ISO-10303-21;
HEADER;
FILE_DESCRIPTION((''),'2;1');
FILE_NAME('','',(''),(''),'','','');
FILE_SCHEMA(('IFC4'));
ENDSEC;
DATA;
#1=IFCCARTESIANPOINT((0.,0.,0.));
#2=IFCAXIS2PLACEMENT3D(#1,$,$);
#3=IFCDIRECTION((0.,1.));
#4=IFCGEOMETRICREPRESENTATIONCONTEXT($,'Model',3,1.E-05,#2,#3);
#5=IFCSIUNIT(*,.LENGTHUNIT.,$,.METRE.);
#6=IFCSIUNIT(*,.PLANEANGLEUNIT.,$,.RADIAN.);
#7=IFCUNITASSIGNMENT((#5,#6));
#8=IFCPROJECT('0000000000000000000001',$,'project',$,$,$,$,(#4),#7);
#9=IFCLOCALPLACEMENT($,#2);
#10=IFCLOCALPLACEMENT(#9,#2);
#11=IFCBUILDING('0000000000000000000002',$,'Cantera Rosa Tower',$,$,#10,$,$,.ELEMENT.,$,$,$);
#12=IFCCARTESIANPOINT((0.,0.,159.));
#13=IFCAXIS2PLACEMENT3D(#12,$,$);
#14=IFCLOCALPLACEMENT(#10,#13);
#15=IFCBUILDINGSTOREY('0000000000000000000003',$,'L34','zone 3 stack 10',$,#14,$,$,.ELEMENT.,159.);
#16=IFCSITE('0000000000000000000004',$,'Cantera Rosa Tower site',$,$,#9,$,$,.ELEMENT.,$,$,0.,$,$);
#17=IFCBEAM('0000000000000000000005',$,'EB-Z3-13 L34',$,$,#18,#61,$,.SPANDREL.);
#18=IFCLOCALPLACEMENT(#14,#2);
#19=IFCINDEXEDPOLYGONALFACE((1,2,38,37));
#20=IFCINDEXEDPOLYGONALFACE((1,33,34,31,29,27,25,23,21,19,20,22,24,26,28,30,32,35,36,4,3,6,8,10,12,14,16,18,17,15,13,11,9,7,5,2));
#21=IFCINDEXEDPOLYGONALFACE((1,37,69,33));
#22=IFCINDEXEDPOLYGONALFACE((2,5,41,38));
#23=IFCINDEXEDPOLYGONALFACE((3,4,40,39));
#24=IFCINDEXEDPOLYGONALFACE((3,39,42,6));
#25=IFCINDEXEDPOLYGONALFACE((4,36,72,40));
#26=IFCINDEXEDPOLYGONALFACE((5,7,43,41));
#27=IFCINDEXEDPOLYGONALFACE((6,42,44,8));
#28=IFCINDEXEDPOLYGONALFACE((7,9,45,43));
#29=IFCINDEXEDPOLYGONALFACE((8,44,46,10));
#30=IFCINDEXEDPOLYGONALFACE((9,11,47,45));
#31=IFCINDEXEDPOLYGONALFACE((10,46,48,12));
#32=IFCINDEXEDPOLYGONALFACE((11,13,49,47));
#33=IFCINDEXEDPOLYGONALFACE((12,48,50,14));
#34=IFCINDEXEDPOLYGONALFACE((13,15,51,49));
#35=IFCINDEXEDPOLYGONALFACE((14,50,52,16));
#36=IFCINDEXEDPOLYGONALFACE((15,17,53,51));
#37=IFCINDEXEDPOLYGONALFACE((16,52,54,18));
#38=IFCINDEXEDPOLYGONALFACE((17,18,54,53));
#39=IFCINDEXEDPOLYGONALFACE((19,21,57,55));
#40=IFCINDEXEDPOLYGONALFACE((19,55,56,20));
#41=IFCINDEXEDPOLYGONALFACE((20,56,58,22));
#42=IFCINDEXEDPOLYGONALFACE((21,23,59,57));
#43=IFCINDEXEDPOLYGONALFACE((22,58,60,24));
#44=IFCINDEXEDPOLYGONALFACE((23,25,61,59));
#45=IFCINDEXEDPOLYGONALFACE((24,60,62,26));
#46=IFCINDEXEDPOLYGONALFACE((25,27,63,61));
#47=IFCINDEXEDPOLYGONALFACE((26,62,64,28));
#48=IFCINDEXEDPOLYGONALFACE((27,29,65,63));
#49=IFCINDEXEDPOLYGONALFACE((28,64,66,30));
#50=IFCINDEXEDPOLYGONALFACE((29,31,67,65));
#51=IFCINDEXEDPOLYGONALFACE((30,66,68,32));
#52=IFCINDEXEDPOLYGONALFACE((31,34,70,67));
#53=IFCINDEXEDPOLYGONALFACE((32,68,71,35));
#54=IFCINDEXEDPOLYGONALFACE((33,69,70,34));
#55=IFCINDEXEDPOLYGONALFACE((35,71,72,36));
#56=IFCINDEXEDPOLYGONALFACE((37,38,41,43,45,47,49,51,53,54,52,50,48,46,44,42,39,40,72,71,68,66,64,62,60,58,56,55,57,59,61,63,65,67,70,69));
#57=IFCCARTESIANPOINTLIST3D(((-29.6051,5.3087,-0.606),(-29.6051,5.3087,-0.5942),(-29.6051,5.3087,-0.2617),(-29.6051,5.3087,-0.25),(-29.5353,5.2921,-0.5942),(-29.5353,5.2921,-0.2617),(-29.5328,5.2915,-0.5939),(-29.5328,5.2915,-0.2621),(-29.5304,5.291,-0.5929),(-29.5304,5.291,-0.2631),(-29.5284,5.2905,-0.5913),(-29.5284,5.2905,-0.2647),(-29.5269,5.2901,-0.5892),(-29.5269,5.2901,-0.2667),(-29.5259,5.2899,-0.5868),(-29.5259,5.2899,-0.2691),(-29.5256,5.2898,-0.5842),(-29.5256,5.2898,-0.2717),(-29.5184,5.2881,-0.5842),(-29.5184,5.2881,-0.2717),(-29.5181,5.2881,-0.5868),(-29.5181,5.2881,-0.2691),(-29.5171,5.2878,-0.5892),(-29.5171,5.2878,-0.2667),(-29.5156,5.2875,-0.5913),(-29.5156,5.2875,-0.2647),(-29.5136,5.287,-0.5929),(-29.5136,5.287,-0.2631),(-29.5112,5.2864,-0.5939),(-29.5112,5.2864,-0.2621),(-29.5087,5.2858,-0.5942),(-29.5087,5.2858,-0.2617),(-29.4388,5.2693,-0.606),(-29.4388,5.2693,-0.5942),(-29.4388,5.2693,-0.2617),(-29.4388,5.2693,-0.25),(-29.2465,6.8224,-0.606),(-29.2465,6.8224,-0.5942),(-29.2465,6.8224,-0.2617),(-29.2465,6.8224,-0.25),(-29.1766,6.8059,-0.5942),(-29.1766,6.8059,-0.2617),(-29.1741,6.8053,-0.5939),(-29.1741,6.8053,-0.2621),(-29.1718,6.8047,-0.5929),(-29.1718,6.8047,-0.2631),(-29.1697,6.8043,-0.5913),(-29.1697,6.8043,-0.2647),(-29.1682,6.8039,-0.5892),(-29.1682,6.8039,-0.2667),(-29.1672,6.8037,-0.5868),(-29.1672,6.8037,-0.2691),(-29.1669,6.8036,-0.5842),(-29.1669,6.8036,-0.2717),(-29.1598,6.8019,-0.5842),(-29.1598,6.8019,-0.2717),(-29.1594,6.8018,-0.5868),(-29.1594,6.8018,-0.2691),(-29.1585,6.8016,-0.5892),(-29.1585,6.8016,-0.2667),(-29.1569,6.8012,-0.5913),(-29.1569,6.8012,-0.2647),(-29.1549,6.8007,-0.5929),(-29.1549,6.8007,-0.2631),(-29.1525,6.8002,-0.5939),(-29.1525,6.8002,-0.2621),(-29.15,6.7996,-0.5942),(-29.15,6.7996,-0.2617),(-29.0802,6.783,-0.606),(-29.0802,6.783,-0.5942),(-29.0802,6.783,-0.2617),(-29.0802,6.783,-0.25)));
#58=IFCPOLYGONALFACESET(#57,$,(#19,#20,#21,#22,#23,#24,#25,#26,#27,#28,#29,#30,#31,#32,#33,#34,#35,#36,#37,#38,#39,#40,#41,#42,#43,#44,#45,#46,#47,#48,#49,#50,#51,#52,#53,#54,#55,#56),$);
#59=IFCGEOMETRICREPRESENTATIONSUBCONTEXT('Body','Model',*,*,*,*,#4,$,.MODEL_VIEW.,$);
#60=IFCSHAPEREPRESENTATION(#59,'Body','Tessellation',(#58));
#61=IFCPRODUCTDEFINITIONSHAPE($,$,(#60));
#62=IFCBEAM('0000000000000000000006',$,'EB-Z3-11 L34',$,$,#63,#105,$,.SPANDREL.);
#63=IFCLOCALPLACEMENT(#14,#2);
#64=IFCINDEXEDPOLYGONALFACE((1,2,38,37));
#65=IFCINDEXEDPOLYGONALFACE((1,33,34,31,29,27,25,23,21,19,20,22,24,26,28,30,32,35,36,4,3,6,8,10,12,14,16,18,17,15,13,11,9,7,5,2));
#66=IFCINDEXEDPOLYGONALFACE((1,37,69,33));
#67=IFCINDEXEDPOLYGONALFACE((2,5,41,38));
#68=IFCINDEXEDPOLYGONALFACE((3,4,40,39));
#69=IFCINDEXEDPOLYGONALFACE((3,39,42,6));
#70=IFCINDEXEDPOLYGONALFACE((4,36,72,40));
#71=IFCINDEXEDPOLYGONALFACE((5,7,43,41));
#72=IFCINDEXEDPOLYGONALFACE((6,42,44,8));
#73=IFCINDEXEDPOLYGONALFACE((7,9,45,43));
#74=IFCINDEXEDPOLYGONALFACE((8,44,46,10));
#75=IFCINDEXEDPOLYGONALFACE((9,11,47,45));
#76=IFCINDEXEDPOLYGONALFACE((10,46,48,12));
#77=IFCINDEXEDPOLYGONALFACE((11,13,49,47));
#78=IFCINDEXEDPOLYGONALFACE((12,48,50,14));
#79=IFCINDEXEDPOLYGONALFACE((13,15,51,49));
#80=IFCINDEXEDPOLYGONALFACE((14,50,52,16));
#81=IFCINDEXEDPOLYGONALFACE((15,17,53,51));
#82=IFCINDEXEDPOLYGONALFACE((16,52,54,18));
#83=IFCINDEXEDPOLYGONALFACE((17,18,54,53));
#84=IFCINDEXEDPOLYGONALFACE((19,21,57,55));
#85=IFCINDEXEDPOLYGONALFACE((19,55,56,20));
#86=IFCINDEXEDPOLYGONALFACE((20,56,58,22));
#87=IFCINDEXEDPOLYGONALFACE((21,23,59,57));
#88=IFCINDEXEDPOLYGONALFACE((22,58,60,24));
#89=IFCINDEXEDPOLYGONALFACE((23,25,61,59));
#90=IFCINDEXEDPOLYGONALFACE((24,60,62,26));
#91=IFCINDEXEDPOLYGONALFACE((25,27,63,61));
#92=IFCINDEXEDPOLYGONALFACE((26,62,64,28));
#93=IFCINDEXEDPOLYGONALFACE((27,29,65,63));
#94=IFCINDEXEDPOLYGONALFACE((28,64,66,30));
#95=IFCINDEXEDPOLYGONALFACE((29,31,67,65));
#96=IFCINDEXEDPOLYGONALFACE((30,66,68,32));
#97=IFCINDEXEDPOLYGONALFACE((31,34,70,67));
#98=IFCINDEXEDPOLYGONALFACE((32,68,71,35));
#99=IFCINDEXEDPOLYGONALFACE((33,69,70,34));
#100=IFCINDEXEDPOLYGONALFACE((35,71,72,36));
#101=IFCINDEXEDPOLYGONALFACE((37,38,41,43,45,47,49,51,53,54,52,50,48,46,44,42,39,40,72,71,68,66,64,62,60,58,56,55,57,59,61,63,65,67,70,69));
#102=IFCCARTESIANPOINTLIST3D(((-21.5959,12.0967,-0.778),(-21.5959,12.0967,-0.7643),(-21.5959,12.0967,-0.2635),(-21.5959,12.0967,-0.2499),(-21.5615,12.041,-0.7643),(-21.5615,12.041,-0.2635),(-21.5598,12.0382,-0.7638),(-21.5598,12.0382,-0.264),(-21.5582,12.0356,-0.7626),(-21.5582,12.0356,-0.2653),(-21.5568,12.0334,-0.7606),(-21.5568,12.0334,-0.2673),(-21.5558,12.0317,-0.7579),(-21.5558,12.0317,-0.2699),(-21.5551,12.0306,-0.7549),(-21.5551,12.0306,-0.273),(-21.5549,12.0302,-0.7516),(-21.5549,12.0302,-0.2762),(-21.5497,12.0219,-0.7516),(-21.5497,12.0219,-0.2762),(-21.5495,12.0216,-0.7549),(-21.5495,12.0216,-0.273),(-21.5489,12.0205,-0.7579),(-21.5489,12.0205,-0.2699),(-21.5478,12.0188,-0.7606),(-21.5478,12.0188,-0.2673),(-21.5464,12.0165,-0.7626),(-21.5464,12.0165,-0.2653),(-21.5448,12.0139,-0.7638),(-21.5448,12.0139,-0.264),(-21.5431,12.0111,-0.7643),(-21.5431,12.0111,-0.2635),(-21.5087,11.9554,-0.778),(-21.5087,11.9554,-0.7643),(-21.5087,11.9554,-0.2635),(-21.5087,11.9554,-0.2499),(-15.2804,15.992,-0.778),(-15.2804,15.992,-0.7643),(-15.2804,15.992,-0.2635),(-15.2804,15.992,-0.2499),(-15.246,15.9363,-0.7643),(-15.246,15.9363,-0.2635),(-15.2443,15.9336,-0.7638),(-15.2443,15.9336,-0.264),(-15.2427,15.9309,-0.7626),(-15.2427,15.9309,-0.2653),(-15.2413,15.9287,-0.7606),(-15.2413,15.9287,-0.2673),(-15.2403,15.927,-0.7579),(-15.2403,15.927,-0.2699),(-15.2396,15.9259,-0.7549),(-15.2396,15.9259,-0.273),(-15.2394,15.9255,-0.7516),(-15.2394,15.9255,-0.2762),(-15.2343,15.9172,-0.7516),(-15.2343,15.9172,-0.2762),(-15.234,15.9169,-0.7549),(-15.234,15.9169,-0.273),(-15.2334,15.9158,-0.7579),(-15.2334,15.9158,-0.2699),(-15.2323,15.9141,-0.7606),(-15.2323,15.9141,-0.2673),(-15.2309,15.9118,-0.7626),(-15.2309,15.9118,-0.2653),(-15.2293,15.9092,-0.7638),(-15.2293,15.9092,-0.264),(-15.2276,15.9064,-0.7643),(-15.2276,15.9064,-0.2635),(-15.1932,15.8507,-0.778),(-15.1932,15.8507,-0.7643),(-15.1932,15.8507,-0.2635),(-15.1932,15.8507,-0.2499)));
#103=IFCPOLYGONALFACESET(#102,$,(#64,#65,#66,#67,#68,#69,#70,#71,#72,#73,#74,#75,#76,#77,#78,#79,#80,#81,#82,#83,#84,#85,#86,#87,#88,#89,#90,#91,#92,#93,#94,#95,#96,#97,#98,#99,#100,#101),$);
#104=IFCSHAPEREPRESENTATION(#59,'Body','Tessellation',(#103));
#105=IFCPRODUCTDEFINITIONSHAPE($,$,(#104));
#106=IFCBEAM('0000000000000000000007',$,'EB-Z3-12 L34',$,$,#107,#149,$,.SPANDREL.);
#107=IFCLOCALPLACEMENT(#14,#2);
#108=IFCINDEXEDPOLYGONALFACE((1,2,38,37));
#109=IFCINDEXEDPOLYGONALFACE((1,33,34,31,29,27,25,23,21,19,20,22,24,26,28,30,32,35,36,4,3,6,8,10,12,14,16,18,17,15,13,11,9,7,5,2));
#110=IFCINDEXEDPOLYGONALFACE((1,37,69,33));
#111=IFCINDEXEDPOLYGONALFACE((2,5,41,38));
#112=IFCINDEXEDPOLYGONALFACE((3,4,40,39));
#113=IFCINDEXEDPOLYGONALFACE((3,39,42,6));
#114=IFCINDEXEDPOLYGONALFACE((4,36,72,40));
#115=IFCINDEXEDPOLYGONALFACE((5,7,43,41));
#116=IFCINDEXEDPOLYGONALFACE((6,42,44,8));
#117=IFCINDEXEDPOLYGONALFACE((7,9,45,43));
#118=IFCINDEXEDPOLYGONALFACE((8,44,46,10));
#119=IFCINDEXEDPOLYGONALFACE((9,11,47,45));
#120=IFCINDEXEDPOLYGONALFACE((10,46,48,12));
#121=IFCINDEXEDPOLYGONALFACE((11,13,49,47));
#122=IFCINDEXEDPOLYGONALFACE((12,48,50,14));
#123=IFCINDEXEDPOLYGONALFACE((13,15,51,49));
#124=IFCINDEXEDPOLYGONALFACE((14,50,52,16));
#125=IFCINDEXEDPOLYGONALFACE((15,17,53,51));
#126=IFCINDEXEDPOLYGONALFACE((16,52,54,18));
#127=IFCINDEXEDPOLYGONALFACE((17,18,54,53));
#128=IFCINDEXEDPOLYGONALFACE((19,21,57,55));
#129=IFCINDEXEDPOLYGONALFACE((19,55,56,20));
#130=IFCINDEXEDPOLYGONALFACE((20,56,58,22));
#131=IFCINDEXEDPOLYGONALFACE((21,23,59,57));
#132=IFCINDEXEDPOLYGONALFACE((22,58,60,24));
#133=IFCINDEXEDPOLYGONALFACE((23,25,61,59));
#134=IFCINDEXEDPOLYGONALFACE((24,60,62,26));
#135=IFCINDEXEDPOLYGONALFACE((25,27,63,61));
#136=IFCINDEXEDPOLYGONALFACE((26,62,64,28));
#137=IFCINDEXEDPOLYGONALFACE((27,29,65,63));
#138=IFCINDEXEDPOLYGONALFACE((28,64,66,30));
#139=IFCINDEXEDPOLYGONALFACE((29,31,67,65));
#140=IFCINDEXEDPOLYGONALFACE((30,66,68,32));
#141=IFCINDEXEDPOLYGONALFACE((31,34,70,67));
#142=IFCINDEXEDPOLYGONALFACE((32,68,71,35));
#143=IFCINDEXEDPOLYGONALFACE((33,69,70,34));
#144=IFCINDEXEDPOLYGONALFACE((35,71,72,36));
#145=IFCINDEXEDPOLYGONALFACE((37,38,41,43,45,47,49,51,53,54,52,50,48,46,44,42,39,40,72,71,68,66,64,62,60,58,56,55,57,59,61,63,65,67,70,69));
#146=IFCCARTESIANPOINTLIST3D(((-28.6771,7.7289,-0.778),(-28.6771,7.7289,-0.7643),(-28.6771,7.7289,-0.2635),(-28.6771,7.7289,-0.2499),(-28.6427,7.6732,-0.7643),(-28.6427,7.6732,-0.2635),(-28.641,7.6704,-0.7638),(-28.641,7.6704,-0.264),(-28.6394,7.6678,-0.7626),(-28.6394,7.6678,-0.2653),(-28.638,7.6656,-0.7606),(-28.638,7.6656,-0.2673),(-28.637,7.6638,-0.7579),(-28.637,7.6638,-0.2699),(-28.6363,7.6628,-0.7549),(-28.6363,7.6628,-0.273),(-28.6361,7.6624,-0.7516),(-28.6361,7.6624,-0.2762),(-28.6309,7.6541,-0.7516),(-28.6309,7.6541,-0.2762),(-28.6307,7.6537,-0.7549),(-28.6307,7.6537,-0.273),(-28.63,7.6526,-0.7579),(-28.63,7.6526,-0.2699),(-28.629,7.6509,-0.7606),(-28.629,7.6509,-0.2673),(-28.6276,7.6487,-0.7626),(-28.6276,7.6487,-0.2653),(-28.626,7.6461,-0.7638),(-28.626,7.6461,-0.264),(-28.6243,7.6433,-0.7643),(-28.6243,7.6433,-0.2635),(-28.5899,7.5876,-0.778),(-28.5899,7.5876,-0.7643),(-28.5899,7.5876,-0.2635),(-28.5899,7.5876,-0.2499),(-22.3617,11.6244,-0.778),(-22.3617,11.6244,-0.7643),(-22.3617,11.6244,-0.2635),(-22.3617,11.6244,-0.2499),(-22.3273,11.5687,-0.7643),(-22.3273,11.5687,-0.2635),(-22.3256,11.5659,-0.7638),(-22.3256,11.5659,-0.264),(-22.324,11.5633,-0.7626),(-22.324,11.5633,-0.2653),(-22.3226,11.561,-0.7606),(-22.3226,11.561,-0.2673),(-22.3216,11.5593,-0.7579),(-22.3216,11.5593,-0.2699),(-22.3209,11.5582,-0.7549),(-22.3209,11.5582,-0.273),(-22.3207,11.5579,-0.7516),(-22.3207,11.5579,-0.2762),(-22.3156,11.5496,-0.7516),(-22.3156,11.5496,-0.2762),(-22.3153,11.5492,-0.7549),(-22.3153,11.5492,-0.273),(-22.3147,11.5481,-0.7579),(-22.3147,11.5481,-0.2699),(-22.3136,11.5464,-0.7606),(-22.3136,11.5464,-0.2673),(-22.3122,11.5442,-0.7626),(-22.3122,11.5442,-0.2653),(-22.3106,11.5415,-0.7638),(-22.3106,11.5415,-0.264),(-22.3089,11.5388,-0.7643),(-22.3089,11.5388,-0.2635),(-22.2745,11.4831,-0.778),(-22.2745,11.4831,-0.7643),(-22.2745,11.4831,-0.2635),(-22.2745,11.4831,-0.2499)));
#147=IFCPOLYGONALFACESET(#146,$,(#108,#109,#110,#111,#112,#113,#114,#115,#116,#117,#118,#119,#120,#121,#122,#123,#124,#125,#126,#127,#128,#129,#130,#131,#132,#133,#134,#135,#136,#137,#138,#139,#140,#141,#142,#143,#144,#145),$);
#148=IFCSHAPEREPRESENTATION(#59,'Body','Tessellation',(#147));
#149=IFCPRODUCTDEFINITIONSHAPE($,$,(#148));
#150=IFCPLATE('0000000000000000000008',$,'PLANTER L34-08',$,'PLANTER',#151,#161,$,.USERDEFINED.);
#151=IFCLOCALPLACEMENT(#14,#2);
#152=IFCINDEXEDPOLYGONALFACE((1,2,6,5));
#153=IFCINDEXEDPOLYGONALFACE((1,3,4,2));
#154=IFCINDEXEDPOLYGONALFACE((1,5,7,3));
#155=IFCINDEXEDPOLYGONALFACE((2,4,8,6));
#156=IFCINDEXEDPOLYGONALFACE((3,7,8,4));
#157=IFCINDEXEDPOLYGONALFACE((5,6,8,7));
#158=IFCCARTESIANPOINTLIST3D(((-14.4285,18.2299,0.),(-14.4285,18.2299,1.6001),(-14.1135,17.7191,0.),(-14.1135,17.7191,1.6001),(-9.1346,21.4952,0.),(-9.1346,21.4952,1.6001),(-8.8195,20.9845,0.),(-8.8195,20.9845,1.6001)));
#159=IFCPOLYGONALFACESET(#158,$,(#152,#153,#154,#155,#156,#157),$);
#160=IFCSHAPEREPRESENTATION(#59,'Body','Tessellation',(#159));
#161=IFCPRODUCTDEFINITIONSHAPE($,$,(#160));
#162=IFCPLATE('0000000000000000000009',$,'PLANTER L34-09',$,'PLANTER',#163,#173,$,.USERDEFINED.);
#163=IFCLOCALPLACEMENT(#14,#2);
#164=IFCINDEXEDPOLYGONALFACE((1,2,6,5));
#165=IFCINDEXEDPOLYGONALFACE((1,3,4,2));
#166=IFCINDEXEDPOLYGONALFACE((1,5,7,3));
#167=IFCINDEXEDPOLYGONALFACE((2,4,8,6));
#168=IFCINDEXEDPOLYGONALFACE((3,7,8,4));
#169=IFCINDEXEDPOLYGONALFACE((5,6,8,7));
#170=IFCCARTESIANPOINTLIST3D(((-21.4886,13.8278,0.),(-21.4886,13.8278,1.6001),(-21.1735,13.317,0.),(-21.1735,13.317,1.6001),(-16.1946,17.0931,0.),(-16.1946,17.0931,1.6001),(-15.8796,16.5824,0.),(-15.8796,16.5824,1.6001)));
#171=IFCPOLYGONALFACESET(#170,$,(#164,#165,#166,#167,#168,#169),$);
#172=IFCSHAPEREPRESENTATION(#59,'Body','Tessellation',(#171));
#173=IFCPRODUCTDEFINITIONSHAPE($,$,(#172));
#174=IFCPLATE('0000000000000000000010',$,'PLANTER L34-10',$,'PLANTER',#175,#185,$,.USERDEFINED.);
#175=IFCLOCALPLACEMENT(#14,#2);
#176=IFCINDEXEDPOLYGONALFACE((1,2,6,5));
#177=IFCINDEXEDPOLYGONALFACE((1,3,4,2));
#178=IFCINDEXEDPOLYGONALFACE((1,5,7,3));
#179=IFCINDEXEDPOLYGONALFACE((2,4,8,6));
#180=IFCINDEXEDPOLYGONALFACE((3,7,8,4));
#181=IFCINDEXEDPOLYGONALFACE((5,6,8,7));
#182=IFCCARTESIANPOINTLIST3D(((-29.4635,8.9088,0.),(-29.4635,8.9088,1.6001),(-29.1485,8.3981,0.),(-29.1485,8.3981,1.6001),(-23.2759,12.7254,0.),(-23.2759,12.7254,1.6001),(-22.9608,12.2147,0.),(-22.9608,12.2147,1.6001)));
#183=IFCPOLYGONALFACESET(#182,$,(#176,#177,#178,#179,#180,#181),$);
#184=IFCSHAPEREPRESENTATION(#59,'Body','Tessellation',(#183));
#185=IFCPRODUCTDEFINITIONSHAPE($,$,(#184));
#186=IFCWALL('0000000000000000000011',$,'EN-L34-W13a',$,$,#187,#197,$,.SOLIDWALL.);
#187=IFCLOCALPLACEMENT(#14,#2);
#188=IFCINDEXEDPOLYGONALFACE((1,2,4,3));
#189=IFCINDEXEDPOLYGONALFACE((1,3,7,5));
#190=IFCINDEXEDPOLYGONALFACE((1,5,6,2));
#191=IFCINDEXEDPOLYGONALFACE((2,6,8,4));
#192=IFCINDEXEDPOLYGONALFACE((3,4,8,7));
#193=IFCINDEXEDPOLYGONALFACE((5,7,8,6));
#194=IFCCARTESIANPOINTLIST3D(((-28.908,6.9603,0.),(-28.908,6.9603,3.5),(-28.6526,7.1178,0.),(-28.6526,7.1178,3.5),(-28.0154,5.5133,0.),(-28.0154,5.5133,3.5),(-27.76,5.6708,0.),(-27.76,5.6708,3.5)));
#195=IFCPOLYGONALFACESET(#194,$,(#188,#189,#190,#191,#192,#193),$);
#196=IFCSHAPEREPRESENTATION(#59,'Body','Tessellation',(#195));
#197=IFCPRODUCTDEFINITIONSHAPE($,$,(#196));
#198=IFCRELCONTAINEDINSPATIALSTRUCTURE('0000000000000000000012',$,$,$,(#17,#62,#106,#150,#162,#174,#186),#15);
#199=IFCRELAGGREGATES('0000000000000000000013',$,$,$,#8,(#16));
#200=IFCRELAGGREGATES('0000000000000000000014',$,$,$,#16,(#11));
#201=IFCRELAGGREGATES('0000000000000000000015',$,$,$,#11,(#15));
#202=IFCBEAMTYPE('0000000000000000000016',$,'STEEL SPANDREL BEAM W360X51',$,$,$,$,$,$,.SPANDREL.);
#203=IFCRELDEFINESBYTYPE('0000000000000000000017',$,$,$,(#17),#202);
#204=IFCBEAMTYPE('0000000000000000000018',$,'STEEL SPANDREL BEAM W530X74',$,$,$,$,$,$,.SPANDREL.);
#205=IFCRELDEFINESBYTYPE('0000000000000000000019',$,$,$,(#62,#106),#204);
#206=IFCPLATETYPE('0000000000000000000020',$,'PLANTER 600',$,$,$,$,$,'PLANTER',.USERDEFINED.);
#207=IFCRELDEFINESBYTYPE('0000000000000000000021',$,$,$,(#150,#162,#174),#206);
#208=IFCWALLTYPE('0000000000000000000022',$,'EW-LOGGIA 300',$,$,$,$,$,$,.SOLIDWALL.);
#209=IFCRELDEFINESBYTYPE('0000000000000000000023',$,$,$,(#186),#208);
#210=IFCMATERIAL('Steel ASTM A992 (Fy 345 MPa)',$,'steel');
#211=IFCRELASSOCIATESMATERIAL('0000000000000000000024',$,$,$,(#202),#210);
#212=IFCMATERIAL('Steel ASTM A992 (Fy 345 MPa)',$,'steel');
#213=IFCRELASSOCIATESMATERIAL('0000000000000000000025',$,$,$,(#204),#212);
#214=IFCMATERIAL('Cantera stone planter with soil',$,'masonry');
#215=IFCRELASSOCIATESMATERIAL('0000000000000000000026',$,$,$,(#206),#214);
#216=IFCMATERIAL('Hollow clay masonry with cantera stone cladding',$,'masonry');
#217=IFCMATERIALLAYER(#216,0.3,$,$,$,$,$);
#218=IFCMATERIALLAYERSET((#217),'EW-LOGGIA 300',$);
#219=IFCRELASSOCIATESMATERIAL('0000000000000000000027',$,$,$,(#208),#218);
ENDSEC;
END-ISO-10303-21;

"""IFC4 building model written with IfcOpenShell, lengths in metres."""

from ifc_helpers import new_model, si_unit, direction, frame, frame_2d, origin, origin_2d, place, context, subcontext, project, spatial, rectangle, i_section, extrude, material, layer, layer_set, material_profile, profile_set, type_object, element, save


model = new_model("IFC4")

# Units and contexts
model_context = context("Model", 3, precision=1e-05, world=origin(), true_north=direction((0.0, 1.0)))
body_context = subcontext(model_context, "Body", "Model", "MODEL_VIEW")
ifc_project = project(units=[si_unit("LENGTHUNIT", "METRE"), si_unit("PLANEANGLEUNIT", "RADIAN")], contexts=[model_context])

# Site, building, storey
site_placement = place(None, origin())
site = spatial("IfcSite", under=ifc_project, at=site_placement, Name="Cantera Rosa Tower site", CompositionType="ELEMENT", RefElevation=0.0)
building_placement = place(site_placement, origin())
building = spatial("IfcBuilding", under=site, at=building_placement, Name="Cantera Rosa Tower", CompositionType="ELEMENT")
storey_placement = place(building_placement, frame((0.0, 0.0, 159.0)))
storey = spatial("IfcBuildingStorey", under=building, at=storey_placement, Name="L34", Description="zone 3 stack 10", CompositionType="ELEMENT", Elevation=159.0)

# Beams
ifc_material_1 = material(Name="Steel ASTM A992 (Fy 345 MPa)", Category="steel")
ifc_material_profile_1 = material_profile(ifc_material_1, i_section(OverallWidth=0.1709, OverallDepth=0.356, WebThickness=0.0073, FlangeThickness=0.0117, FilletRadius=0.01, at=origin_2d()), Name="W360X51")
ifc_profile_set_1 = profile_set([ifc_material_profile_1], Name="Steel ASTM A992 (Fy 345 MPa)")
beam_type_1 = type_object("IfcBeamType", Name="STEEL SPANDREL BEAM W360X51", PredefinedType="SPANDREL", material=ifc_profile_set_1)
beam_1_placement = place(storey_placement, frame((-29.1633, 6.8027, -0.428), z_axis=(-0.230552, -0.97306, 0.0), x_axis=(0.97306, -0.230552, 0.0)))
element("IfcBeam", 1, at=beam_1_placement, inside=storey, type_object=beam_type_1, Name="EB-Z3-13 L34", PredefinedType="SPANDREL", context=body_context, shape_type="SweptSolid", body=[
    extrude(i_section(OverallWidth=0.1709, OverallDepth=0.356, WebThickness=0.0073, FlangeThickness=0.0117, FilletRadius=0.01, at=origin_2d()), origin(), (0.0, 0.0, 1.0), 1.5557),
])
ifc_material_2 = material(Name="Steel ASTM A992 (Fy 345 MPa)", Category="steel")
ifc_material_profile_2 = material_profile(ifc_material_2, i_section(OverallWidth=0.166, OverallDepth=0.5281, WebThickness=0.0098, FlangeThickness=0.0137, FilletRadius=0.0127, at=origin_2d()), Name="W530X74")
ifc_profile_set_2 = profile_set([ifc_material_profile_2], Name="Steel ASTM A992 (Fy 345 MPa)")
beam_type_2 = type_object("IfcBeamType", Name="STEEL SPANDREL BEAM W530X74", PredefinedType="SPANDREL", material=ifc_profile_set_2)
for number, where, z_axis, x_axis, name in (
    (2, (-15.2368, 15.9214, -0.5139), (-0.851126, -0.524962, 0.0), (0.524962, -0.851126, 0.0), "EB-Z3-11 L34"),
    (3, (-22.3181, 11.5537, -0.5139), (-0.851111, -0.524986, 0.0), (0.524986, -0.851111, 0.0), "EB-Z3-12 L34"),
):
    element("IfcBeam", number, at=place(storey_placement, frame(where, z_axis=z_axis, x_axis=x_axis)), inside=storey, type_object=beam_type_2, Name=name, PredefinedType="SPANDREL", context=body_context, shape_type="SweptSolid", body=[
        extrude(i_section(OverallWidth=0.166, OverallDepth=0.5281, WebThickness=0.0098, FlangeThickness=0.0137, FilletRadius=0.0127, at=origin_2d()), origin(), (0.0, 0.0, 1.0), 7.4202),
    ])

# Plates
ifc_material_3 = material(Name="Cantera stone planter with soil", Category="masonry")
plate_type = type_object("IfcPlateType", Name="PLANTER 600", ElementType="PLANTER", PredefinedType="USERDEFINED", material=ifc_material_3)
for number, where, z_axis, x_axis, name in (
    (4, (-11.624, 19.6072, 0.0), (0.0, 0.0, 1.0), (-0.851117, -0.524977, 0.0), "PLANTER L34-08"),
    (5, (-18.6841, 15.2051, 0.0), (0.0, 0.0, 1.0), (-0.851117, -0.524977, 0.0), "PLANTER L34-09"),
):
    element("IfcPlate", number, at=place(storey_placement, frame(where, z_axis=z_axis, x_axis=x_axis)), inside=storey, type_object=plate_type, Name=name, ObjectType="PLANTER", PredefinedType="USERDEFINED", context=body_context, shape_type="SweptSolid", body=[
        extrude(rectangle(XDim=6.22, YDim=0.6001, at=origin_2d()), origin(), (0.0, 0.0, 1.0), 1.6001),
    ])
plate_placement = place(storey_placement, frame((-26.2122, 10.5618, 0.0), z_axis=(0.0, 0.0, 1.0), x_axis=(-0.851117, -0.524977, 0.0)))
element("IfcPlate", 6, at=plate_placement, inside=storey, type_object=plate_type, Name="PLANTER L34-10", ObjectType="PLANTER", PredefinedType="USERDEFINED", context=body_context, shape_type="SweptSolid", body=[
    extrude(rectangle(XDim=7.27, YDim=0.6001, at=origin_2d()), origin(), (0.0, 0.0, 1.0), 1.6001),
])

# Wall
ifc_material_4 = material(Name="Hollow clay masonry with cantera stone cladding", Category="masonry")
ifc_layer_1 = layer(ifc_material_4, 0.3)
ifc_layer_set_1 = layer_set([ifc_layer_1], Name="EW-LOGGIA 300")
wall_type_1 = type_object("IfcWallType", Name="EW-LOGGIA 300", PredefinedType="SOLIDWALL", material=ifc_layer_set_1)
wall_1_placement = place(storey_placement, frame((-28.7803, 7.0391, 0.0), z_axis=(0.0, 0.0, 1.0), x_axis=(0.524994, -0.851106, 0.0)))
element("IfcWall", 7, at=wall_1_placement, inside=storey, type_object=wall_type_1, Name="EN-L34-W13a", PredefinedType="SOLIDWALL", context=body_context, shape_type="SweptSolid", body=[
    extrude(rectangle(XDim=1.7002, YDim=0.3, at=frame_2d((0.8501, 0.0))), origin(), (0.0, 0.0, 1.0), 3.5),
])

save(model, "model.ifc")
